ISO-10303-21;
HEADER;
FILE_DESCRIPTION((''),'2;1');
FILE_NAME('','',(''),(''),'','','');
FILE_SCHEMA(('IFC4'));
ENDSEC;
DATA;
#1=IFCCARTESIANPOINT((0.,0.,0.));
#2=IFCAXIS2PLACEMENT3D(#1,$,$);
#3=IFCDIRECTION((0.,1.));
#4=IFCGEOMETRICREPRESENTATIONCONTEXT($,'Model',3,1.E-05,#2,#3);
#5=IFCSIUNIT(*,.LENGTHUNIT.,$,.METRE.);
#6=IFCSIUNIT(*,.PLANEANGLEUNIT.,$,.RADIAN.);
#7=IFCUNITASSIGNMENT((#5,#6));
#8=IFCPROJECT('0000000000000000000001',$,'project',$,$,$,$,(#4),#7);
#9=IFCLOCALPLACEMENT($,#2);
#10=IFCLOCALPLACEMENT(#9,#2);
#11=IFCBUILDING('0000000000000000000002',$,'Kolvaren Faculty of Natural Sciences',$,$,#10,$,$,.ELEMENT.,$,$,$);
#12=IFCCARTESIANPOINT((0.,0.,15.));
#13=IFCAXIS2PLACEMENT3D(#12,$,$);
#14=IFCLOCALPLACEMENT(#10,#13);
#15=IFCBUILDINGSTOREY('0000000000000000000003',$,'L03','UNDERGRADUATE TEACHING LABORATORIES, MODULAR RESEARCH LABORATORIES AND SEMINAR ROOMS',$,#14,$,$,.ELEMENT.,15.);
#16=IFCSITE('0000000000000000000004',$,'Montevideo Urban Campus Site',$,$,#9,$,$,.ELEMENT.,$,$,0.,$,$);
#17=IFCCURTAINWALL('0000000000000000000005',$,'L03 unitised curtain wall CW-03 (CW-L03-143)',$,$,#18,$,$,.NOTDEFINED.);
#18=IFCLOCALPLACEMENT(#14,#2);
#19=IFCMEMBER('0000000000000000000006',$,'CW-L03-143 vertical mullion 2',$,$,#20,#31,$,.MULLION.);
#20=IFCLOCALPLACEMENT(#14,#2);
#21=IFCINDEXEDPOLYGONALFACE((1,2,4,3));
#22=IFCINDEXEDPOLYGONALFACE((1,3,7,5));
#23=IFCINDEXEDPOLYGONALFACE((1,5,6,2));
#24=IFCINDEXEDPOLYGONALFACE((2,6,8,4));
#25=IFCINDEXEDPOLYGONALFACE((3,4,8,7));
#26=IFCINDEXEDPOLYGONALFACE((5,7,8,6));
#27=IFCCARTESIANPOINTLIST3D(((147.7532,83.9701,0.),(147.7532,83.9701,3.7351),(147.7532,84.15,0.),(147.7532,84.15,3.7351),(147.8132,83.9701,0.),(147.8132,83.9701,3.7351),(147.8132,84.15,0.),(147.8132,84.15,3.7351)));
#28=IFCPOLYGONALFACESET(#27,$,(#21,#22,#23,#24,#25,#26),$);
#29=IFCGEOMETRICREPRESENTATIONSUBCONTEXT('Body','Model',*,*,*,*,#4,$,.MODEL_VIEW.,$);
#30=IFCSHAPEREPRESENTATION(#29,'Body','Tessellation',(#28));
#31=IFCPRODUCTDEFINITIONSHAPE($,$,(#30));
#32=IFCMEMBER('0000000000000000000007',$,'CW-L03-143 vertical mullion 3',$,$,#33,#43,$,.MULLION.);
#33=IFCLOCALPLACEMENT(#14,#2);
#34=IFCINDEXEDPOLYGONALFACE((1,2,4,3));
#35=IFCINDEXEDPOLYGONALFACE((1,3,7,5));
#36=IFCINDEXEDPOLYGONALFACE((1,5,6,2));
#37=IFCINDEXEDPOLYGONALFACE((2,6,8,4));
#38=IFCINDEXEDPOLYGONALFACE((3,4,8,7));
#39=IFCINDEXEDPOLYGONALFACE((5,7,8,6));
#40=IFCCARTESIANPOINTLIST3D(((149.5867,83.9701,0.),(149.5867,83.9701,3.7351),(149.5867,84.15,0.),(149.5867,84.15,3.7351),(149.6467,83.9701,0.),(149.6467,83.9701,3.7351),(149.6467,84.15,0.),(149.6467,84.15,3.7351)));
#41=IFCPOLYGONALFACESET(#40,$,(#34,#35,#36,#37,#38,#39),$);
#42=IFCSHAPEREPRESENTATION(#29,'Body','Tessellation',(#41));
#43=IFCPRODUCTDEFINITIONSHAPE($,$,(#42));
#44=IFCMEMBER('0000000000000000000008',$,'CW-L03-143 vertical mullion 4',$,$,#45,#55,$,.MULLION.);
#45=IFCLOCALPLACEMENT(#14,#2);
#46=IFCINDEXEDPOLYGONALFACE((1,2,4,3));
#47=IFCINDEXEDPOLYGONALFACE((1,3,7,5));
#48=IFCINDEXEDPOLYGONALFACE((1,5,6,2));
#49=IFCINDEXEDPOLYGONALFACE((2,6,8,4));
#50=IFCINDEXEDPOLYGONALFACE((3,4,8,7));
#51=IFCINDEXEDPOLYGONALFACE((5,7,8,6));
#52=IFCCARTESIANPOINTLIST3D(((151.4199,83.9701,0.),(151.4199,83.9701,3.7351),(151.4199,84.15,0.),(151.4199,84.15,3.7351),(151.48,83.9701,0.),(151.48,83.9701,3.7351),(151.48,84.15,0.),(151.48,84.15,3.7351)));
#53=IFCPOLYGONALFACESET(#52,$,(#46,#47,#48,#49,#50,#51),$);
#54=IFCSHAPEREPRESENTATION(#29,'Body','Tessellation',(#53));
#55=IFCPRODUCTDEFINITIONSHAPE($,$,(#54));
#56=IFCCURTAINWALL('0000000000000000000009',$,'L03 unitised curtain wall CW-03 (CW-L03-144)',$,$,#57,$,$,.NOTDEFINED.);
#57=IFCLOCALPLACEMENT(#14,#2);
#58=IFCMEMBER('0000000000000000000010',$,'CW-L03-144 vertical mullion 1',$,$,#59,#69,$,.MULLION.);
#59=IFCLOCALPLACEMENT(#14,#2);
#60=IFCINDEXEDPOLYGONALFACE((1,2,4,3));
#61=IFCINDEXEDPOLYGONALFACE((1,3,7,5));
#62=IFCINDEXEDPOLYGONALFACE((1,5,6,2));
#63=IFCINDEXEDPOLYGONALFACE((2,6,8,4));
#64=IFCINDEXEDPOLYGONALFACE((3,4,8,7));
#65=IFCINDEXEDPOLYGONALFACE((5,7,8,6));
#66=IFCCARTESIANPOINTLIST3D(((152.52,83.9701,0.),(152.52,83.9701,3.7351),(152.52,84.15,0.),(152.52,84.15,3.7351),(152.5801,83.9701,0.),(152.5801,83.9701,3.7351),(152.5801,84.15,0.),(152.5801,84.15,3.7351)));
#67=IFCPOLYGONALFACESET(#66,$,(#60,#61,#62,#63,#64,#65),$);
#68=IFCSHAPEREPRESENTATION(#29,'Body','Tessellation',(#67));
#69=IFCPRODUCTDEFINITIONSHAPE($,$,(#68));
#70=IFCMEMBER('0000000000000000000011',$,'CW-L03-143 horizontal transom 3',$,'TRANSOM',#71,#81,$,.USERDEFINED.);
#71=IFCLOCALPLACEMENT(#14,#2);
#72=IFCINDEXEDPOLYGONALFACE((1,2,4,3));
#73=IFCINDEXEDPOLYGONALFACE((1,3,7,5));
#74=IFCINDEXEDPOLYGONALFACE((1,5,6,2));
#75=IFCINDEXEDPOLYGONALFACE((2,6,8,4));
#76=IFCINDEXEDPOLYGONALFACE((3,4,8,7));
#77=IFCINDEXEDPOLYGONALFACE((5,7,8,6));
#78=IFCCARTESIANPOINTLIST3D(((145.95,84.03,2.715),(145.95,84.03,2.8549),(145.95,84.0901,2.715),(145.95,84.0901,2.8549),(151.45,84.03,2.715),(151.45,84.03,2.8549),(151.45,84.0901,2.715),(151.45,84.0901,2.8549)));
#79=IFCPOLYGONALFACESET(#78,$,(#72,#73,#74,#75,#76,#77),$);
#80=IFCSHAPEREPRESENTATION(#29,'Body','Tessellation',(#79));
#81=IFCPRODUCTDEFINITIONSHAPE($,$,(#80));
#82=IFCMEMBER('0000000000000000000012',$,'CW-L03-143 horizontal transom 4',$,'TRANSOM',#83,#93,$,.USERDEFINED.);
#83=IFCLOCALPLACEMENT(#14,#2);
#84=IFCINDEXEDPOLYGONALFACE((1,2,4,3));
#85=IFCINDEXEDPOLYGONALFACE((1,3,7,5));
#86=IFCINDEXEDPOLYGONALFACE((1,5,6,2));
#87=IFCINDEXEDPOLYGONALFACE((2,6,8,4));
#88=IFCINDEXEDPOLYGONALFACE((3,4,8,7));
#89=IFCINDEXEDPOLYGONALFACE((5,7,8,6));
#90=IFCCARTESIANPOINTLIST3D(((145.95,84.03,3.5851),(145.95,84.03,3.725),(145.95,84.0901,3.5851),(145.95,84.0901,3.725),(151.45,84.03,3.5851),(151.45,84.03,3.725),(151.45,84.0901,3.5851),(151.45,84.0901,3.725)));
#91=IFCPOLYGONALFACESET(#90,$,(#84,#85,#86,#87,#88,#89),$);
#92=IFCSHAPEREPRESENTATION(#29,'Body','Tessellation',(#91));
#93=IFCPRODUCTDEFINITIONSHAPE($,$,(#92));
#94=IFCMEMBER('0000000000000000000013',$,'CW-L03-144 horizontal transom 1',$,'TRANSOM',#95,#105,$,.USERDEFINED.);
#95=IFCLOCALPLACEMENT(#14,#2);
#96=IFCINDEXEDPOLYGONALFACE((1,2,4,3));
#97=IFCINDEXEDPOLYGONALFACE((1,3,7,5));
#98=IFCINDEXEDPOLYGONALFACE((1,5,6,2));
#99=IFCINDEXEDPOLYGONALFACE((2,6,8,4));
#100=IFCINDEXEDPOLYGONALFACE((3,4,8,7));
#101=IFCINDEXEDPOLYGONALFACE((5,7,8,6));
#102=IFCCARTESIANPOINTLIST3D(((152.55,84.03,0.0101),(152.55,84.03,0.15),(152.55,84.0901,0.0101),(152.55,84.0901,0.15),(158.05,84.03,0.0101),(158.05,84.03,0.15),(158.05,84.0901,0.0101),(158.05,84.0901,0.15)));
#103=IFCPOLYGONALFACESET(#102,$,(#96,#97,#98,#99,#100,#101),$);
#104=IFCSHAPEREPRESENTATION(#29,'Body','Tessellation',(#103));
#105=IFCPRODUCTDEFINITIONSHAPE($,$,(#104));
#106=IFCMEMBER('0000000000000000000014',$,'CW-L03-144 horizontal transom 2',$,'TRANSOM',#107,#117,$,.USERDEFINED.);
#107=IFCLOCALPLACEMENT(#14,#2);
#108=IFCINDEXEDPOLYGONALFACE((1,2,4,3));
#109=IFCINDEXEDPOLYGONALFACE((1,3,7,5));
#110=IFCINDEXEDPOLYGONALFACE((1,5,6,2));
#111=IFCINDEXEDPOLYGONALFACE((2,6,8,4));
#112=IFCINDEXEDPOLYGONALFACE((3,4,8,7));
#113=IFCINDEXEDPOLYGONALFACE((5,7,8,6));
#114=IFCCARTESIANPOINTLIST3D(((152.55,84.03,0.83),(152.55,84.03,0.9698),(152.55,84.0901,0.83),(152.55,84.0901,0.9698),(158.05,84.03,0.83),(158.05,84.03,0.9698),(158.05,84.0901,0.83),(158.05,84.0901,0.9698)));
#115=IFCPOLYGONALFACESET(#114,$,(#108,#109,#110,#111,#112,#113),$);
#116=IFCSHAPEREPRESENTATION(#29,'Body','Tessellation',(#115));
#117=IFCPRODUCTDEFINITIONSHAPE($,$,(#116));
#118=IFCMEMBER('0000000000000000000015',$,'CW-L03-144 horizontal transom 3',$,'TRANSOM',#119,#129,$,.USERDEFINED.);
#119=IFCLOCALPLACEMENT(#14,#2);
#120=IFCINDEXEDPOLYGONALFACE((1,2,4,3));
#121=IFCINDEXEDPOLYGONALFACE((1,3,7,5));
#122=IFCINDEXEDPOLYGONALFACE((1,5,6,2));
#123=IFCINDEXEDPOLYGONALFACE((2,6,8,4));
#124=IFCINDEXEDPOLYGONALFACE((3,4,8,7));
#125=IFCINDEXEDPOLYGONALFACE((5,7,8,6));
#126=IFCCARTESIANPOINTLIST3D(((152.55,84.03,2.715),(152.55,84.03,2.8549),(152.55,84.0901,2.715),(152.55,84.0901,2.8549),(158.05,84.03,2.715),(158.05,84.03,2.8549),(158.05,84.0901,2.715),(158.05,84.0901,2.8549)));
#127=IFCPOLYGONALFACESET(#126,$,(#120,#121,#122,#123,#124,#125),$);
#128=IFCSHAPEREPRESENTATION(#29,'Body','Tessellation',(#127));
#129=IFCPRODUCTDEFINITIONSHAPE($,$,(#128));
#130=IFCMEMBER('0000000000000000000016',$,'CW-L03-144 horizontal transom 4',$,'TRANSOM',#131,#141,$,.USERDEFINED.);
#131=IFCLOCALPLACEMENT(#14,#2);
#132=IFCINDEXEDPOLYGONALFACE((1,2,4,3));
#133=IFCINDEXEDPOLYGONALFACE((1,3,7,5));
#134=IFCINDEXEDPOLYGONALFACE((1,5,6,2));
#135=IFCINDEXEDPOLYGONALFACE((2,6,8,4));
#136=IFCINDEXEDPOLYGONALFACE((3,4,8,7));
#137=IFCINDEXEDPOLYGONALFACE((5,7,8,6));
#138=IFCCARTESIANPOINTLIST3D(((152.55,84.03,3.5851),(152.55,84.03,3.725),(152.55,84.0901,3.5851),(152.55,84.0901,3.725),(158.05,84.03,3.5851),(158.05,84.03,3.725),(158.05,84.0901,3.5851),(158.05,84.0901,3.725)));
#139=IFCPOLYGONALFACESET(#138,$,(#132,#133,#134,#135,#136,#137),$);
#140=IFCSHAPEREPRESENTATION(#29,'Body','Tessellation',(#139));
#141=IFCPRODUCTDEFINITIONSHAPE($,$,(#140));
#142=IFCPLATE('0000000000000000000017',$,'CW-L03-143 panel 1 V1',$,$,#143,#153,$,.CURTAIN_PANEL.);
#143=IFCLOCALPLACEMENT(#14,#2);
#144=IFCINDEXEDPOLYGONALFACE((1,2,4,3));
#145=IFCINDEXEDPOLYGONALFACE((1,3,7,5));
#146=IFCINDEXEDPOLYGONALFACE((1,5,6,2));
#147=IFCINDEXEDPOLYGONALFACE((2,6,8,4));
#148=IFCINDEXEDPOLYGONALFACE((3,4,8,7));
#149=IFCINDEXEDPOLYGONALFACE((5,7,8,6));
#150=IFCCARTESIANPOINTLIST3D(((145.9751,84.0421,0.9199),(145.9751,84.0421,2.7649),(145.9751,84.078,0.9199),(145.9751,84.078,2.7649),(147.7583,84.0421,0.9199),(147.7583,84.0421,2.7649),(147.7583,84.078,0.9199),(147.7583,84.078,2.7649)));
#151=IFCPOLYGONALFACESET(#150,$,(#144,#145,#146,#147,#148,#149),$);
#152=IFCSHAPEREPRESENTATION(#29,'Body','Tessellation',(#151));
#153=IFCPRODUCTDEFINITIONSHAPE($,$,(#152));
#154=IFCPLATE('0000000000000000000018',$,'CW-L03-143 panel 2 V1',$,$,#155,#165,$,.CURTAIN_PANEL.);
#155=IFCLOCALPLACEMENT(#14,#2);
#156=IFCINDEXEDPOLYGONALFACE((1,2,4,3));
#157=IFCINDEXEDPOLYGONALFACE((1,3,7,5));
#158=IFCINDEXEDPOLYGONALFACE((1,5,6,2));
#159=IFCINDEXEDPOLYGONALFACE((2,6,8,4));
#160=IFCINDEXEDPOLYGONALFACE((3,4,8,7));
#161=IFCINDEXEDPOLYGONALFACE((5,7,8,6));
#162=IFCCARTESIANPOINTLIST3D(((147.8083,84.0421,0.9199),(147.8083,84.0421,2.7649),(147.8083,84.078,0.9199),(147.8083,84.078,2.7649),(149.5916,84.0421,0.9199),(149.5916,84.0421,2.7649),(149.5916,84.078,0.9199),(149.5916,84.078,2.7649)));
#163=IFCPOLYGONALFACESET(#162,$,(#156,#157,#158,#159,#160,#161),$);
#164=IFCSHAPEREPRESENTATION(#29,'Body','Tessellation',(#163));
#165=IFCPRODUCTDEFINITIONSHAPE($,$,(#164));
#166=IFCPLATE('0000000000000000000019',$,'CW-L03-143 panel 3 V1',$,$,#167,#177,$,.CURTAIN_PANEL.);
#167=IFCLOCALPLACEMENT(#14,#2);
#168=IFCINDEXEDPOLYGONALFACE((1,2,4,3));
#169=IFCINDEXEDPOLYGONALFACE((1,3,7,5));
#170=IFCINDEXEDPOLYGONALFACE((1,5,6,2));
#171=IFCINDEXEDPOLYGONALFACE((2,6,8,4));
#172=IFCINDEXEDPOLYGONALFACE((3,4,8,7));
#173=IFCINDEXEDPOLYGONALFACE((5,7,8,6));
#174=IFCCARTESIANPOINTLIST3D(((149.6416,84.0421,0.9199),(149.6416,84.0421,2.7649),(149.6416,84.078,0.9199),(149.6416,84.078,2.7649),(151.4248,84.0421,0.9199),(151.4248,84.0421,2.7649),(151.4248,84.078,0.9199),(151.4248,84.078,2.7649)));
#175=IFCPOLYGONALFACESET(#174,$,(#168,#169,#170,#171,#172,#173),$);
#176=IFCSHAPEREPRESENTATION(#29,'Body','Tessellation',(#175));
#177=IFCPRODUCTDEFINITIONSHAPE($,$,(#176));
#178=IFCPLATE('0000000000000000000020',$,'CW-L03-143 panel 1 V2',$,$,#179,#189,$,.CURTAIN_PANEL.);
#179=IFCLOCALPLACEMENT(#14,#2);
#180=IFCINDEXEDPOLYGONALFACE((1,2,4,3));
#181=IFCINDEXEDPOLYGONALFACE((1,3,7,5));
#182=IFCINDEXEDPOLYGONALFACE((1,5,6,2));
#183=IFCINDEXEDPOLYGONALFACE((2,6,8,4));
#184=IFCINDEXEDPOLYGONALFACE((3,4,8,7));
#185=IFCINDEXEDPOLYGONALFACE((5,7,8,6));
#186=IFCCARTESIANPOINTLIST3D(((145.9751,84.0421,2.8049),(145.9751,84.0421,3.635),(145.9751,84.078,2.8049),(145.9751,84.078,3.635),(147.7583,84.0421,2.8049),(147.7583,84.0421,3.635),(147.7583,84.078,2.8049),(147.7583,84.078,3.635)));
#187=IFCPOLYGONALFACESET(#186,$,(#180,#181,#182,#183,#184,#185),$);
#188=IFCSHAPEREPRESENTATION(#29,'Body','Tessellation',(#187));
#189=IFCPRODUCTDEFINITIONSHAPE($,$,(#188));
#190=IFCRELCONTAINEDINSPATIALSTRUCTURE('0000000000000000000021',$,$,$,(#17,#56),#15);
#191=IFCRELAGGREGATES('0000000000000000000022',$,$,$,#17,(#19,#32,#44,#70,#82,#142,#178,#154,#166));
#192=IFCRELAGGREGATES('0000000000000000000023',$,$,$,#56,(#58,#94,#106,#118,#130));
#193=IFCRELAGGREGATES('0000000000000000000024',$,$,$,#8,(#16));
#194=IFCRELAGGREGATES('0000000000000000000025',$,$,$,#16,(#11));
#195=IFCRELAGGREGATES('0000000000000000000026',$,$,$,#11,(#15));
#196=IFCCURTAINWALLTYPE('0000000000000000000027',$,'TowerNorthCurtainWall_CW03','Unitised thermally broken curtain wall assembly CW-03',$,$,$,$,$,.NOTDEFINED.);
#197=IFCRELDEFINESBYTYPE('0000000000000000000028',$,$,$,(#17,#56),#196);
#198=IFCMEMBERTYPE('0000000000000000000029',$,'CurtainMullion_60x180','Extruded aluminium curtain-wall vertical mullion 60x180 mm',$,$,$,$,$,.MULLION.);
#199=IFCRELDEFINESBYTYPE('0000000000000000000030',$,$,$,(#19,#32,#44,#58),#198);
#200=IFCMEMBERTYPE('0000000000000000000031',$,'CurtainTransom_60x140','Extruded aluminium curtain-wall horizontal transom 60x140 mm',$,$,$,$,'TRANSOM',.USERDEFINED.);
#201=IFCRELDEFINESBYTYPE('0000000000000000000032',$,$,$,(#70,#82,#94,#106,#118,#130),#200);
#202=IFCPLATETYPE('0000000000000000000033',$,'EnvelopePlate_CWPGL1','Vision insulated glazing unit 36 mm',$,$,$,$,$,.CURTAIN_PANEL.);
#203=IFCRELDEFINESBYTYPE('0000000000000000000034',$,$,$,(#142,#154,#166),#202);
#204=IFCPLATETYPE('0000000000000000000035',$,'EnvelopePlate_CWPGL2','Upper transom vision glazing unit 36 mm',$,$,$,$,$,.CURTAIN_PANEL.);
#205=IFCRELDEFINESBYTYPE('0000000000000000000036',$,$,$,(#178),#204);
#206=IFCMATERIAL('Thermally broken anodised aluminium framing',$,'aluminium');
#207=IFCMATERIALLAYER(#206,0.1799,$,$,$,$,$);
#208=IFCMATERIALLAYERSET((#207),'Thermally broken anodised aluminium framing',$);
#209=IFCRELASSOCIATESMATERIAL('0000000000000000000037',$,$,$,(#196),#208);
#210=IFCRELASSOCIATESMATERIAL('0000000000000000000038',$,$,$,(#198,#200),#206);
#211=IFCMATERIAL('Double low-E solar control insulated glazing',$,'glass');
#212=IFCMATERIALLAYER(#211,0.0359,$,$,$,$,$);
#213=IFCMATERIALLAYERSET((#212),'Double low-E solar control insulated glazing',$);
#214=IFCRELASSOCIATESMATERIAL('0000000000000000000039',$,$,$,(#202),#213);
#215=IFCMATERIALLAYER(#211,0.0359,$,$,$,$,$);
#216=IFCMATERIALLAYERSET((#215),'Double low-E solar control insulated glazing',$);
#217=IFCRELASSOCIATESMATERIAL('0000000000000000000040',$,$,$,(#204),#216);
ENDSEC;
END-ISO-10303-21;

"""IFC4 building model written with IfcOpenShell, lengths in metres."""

from ifc_helpers import new_model, si_unit, direction, frame, origin, origin_2d, place, context, subcontext, project, spatial, rectangle, extrude, material, layer, layer_set, material_profile, profile_set, type_object, element, aggregate, save


model = new_model("IFC4")

# Units and contexts
model_context = context("Model", 3, precision=1e-05, world=origin(), true_north=direction((0.0, 1.0)))
body_context = subcontext(model_context, "Body", "Model", "MODEL_VIEW")
ifc_project = project(units=[si_unit("LENGTHUNIT", "METRE"), si_unit("PLANEANGLEUNIT", "RADIAN")], contexts=[model_context])

# Site, building, storey
site_placement = place(None, origin())
site = spatial("IfcSite", under=ifc_project, at=site_placement, Name="Montevideo Urban Campus Site", CompositionType="ELEMENT", RefElevation=0.0)
building_placement = place(site_placement, origin())
building = spatial("IfcBuilding", under=site, at=building_placement, Name="Kolvaren Faculty of Natural Sciences", CompositionType="ELEMENT")
storey_placement = place(building_placement, frame((0.0, 0.0, 15.0)))
storey = spatial("IfcBuildingStorey", under=building, at=storey_placement, Name="L03", Description="UNDERGRADUATE TEACHING LABORATORIES, MODULAR RESEARCH LABORATORIES AND SEMINAR ROOMS", CompositionType="ELEMENT", Elevation=15.0)

# Curtain wall, members
ifc_material_1 = material(Name="Thermally broken anodised aluminium framing", Category="aluminium")
ifc_layer_1 = layer(ifc_material_1, 0.1799)
ifc_layer_set_1 = layer_set([ifc_layer_1], Name="Thermally broken anodised aluminium framing")
curtain_wall_type = type_object("IfcCurtainWallType", Name="TowerNorthCurtainWall_CW03", Description="Unitised thermally broken curtain wall assembly CW-03", PredefinedType="NOTDEFINED", material=ifc_layer_set_1)
curtain_wall_1_placement = place(storey_placement, origin())
curtain_wall_1 = element("IfcCurtainWall", 1, at=curtain_wall_1_placement, inside=storey, type_object=curtain_wall_type, Name="L03 unitised curtain wall CW-03 (CW-L03-143)", PredefinedType="NOTDEFINED")
ifc_material_profile_1 = material_profile(ifc_material_1, rectangle(XDim=0.0601, YDim=0.1799, at=origin_2d()), Name="ALU MUL 60x180")
ifc_profile_set_1 = profile_set([ifc_material_profile_1], Name="Thermally broken anodised aluminium framing")
member_type_1 = type_object("IfcMemberType", Name="CurtainMullion_60x180", Description="Extruded aluminium curtain-wall vertical mullion 60x180 mm", PredefinedType="MULLION", material=ifc_profile_set_1)
member_1_placement = place(storey_placement, frame((147.7832, 84.0601, 0.0), z_axis=(0.0, 0.0, 1.0), x_axis=(1.0, 0.0, 0.0)))
member_1 = element("IfcMember", 2, at=member_1_placement, type_object=member_type_1, Name="CW-L03-143 vertical mullion 2", PredefinedType="MULLION", context=body_context, shape_type="SweptSolid", body=[
    extrude(rectangle(XDim=0.0601, YDim=0.1799, at=origin_2d()), origin(), (0.0, 0.0, 1.0), 3.7351),
])
member_2_placement = place(storey_placement, frame((149.6167, 84.0601, 0.0), z_axis=(0.0, 0.0, 1.0), x_axis=(1.0, 0.0, 0.0)))
member_2 = element("IfcMember", 3, at=member_2_placement, type_object=member_type_1, Name="CW-L03-143 vertical mullion 3", PredefinedType="MULLION", context=body_context, shape_type="SweptSolid", body=[
    extrude(rectangle(XDim=0.0601, YDim=0.1799, at=origin_2d()), origin(), (0.0, 0.0, 1.0), 3.7351),
])
member_3_placement = place(storey_placement, frame((151.45, 84.0601, 0.0), z_axis=(0.0, 0.0, 1.0), x_axis=(1.0, 0.0, 0.0)))
member_3 = element("IfcMember", 4, at=member_3_placement, type_object=member_type_1, Name="CW-L03-143 vertical mullion 4", PredefinedType="MULLION", context=body_context, shape_type="SweptSolid", body=[
    extrude(rectangle(XDim=0.0601, YDim=0.1799, at=origin_2d()), origin(), (0.0, 0.0, 1.0), 3.7351),
])

# Curtain wall, member
curtain_wall_2_placement = place(storey_placement, origin())
curtain_wall_2 = element("IfcCurtainWall", 5, at=curtain_wall_2_placement, inside=storey, type_object=curtain_wall_type, Name="L03 unitised curtain wall CW-03 (CW-L03-144)", PredefinedType="NOTDEFINED")
member_4_placement = place(storey_placement, frame((152.55, 84.0601, 0.0), z_axis=(0.0, 0.0, 1.0), x_axis=(1.0, 0.0, 0.0)))
member_4 = element("IfcMember", 6, at=member_4_placement, type_object=member_type_1, Name="CW-L03-144 vertical mullion 1", PredefinedType="MULLION", context=body_context, shape_type="SweptSolid", body=[
    extrude(rectangle(XDim=0.0601, YDim=0.1799, at=origin_2d()), origin(), (0.0, 0.0, 1.0), 3.7351),
])

# Members
ifc_material_profile_2 = material_profile(ifc_material_1, rectangle(XDim=0.0601, YDim=0.1399, at=origin_2d()), Name="ALU TRN 60x140")
ifc_profile_set_2 = profile_set([ifc_material_profile_2], Name="Thermally broken anodised aluminium framing")
member_type_2 = type_object("IfcMemberType", Name="CurtainTransom_60x140", Description="Extruded aluminium curtain-wall horizontal transom 60x140 mm", ElementType="TRANSOM", PredefinedType="USERDEFINED", material=ifc_profile_set_2)
member_5_placement = place(storey_placement, frame((145.95, 84.0601, 2.7849), z_axis=(1.0, 0.0, 0.0), x_axis=(0.0, 1.0, 0.0)))
member_5 = element("IfcMember", 7, at=member_5_placement, type_object=member_type_2, Name="CW-L03-143 horizontal transom 3", ObjectType="TRANSOM", PredefinedType="USERDEFINED", context=body_context, shape_type="SweptSolid", body=[
    extrude(rectangle(XDim=0.0601, YDim=0.1399, at=origin_2d()), origin(), (0.0, 0.0, 1.0), 5.5),
])
member_6_placement = place(storey_placement, frame((145.95, 84.0601, 3.655), z_axis=(1.0, 0.0, 0.0), x_axis=(0.0, 1.0, 0.0)))
member_6 = element("IfcMember", 8, at=member_6_placement, type_object=member_type_2, Name="CW-L03-143 horizontal transom 4", ObjectType="TRANSOM", PredefinedType="USERDEFINED", context=body_context, shape_type="SweptSolid", body=[
    extrude(rectangle(XDim=0.0601, YDim=0.1399, at=origin_2d()), origin(), (0.0, 0.0, 1.0), 5.5),
])
member_7_placement = place(storey_placement, frame((152.55, 84.0601, 0.0801), z_axis=(1.0, 0.0, 0.0), x_axis=(0.0, 1.0, 0.0)))
member_7 = element("IfcMember", 9, at=member_7_placement, type_object=member_type_2, Name="CW-L03-144 horizontal transom 1", ObjectType="TRANSOM", PredefinedType="USERDEFINED", context=body_context, shape_type="SweptSolid", body=[
    extrude(rectangle(XDim=0.0601, YDim=0.1399, at=origin_2d()), origin(), (0.0, 0.0, 1.0), 5.5),
])
member_8_placement = place(storey_placement, frame((152.55, 84.0601, 0.8999), z_axis=(1.0, 0.0, 0.0), x_axis=(0.0, 1.0, 0.0)))
member_8 = element("IfcMember", 10, at=member_8_placement, type_object=member_type_2, Name="CW-L03-144 horizontal transom 2", ObjectType="TRANSOM", PredefinedType="USERDEFINED", context=body_context, shape_type="SweptSolid", body=[
    extrude(rectangle(XDim=0.0601, YDim=0.1399, at=origin_2d()), origin(), (0.0, 0.0, 1.0), 5.5),
])
member_9_placement = place(storey_placement, frame((152.55, 84.0601, 2.7849), z_axis=(1.0, 0.0, 0.0), x_axis=(0.0, 1.0, 0.0)))
member_9 = element("IfcMember", 11, at=member_9_placement, type_object=member_type_2, Name="CW-L03-144 horizontal transom 3", ObjectType="TRANSOM", PredefinedType="USERDEFINED", context=body_context, shape_type="SweptSolid", body=[
    extrude(rectangle(XDim=0.0601, YDim=0.1399, at=origin_2d()), origin(), (0.0, 0.0, 1.0), 5.5),
])
member_10_placement = place(storey_placement, frame((152.55, 84.0601, 3.655), z_axis=(1.0, 0.0, 0.0), x_axis=(0.0, 1.0, 0.0)))
member_10 = element("IfcMember", 12, at=member_10_placement, type_object=member_type_2, Name="CW-L03-144 horizontal transom 4", ObjectType="TRANSOM", PredefinedType="USERDEFINED", context=body_context, shape_type="SweptSolid", body=[
    extrude(rectangle(XDim=0.0601, YDim=0.1399, at=origin_2d()), origin(), (0.0, 0.0, 1.0), 5.5),
])

# Plates
ifc_material_2 = material(Name="Double low-E solar control insulated glazing", Category="glass")
ifc_layer_2 = layer(ifc_material_2, 0.0359)
ifc_layer_set_2 = layer_set([ifc_layer_2], Name="Double low-E solar control insulated glazing")
plate_type_1 = type_object("IfcPlateType", Name="EnvelopePlate_CWPGL1", Description="Vision insulated glazing unit 36 mm", PredefinedType="CURTAIN_PANEL", material=ifc_layer_set_2)
plate_1_placement = place(storey_placement, frame((146.8667, 84.0601, 0.9199), z_axis=(0.0, 0.0, 1.0), x_axis=(1.0, 0.0, 0.0)))
plate_1 = element("IfcPlate", 13, at=plate_1_placement, type_object=plate_type_1, Name="CW-L03-143 panel 1 V1", PredefinedType="CURTAIN_PANEL", context=body_context, shape_type="SweptSolid", body=[
    extrude(rectangle(XDim=1.7832, YDim=0.0359, at=origin_2d()), origin(), (0.0, 0.0, 1.0), 1.845),
])
plate_2_placement = place(storey_placement, frame((148.7, 84.0601, 0.9199), z_axis=(0.0, 0.0, 1.0), x_axis=(1.0, 0.0, 0.0)))
plate_2 = element("IfcPlate", 14, at=plate_2_placement, type_object=plate_type_1, Name="CW-L03-143 panel 2 V1", PredefinedType="CURTAIN_PANEL", context=body_context, shape_type="SweptSolid", body=[
    extrude(rectangle(XDim=1.7832, YDim=0.0359, at=origin_2d()), origin(), (0.0, 0.0, 1.0), 1.845),
])
plate_3_placement = place(storey_placement, frame((150.5332, 84.0601, 0.9199), z_axis=(0.0, 0.0, 1.0), x_axis=(1.0, 0.0, 0.0)))
plate_3 = element("IfcPlate", 15, at=plate_3_placement, type_object=plate_type_1, Name="CW-L03-143 panel 3 V1", PredefinedType="CURTAIN_PANEL", context=body_context, shape_type="SweptSolid", body=[
    extrude(rectangle(XDim=1.7832, YDim=0.0359, at=origin_2d()), origin(), (0.0, 0.0, 1.0), 1.845),
])
ifc_layer_3 = layer(ifc_material_2, 0.0359)
ifc_layer_set_3 = layer_set([ifc_layer_3], Name="Double low-E solar control insulated glazing")
plate_type_2 = type_object("IfcPlateType", Name="EnvelopePlate_CWPGL2", Description="Upper transom vision glazing unit 36 mm", PredefinedType="CURTAIN_PANEL", material=ifc_layer_set_3)
plate_4_placement = place(storey_placement, frame((146.8667, 84.0601, 2.8049), z_axis=(0.0, 0.0, 1.0), x_axis=(1.0, 0.0, 0.0)))
plate_4 = element("IfcPlate", 16, at=plate_4_placement, type_object=plate_type_2, Name="CW-L03-143 panel 1 V2", PredefinedType="CURTAIN_PANEL", context=body_context, shape_type="SweptSolid", body=[
    extrude(rectangle(XDim=1.7832, YDim=0.0359, at=origin_2d()), origin(), (0.0, 0.0, 1.0), 0.8301),
])
aggregate(curtain_wall_1, [member_1, member_2, member_3, member_5, member_6, plate_1, plate_4, plate_2, plate_3])
aggregate(curtain_wall_2, [member_4, member_7, member_8, member_9, member_10])

save(model, "model.ifc")
